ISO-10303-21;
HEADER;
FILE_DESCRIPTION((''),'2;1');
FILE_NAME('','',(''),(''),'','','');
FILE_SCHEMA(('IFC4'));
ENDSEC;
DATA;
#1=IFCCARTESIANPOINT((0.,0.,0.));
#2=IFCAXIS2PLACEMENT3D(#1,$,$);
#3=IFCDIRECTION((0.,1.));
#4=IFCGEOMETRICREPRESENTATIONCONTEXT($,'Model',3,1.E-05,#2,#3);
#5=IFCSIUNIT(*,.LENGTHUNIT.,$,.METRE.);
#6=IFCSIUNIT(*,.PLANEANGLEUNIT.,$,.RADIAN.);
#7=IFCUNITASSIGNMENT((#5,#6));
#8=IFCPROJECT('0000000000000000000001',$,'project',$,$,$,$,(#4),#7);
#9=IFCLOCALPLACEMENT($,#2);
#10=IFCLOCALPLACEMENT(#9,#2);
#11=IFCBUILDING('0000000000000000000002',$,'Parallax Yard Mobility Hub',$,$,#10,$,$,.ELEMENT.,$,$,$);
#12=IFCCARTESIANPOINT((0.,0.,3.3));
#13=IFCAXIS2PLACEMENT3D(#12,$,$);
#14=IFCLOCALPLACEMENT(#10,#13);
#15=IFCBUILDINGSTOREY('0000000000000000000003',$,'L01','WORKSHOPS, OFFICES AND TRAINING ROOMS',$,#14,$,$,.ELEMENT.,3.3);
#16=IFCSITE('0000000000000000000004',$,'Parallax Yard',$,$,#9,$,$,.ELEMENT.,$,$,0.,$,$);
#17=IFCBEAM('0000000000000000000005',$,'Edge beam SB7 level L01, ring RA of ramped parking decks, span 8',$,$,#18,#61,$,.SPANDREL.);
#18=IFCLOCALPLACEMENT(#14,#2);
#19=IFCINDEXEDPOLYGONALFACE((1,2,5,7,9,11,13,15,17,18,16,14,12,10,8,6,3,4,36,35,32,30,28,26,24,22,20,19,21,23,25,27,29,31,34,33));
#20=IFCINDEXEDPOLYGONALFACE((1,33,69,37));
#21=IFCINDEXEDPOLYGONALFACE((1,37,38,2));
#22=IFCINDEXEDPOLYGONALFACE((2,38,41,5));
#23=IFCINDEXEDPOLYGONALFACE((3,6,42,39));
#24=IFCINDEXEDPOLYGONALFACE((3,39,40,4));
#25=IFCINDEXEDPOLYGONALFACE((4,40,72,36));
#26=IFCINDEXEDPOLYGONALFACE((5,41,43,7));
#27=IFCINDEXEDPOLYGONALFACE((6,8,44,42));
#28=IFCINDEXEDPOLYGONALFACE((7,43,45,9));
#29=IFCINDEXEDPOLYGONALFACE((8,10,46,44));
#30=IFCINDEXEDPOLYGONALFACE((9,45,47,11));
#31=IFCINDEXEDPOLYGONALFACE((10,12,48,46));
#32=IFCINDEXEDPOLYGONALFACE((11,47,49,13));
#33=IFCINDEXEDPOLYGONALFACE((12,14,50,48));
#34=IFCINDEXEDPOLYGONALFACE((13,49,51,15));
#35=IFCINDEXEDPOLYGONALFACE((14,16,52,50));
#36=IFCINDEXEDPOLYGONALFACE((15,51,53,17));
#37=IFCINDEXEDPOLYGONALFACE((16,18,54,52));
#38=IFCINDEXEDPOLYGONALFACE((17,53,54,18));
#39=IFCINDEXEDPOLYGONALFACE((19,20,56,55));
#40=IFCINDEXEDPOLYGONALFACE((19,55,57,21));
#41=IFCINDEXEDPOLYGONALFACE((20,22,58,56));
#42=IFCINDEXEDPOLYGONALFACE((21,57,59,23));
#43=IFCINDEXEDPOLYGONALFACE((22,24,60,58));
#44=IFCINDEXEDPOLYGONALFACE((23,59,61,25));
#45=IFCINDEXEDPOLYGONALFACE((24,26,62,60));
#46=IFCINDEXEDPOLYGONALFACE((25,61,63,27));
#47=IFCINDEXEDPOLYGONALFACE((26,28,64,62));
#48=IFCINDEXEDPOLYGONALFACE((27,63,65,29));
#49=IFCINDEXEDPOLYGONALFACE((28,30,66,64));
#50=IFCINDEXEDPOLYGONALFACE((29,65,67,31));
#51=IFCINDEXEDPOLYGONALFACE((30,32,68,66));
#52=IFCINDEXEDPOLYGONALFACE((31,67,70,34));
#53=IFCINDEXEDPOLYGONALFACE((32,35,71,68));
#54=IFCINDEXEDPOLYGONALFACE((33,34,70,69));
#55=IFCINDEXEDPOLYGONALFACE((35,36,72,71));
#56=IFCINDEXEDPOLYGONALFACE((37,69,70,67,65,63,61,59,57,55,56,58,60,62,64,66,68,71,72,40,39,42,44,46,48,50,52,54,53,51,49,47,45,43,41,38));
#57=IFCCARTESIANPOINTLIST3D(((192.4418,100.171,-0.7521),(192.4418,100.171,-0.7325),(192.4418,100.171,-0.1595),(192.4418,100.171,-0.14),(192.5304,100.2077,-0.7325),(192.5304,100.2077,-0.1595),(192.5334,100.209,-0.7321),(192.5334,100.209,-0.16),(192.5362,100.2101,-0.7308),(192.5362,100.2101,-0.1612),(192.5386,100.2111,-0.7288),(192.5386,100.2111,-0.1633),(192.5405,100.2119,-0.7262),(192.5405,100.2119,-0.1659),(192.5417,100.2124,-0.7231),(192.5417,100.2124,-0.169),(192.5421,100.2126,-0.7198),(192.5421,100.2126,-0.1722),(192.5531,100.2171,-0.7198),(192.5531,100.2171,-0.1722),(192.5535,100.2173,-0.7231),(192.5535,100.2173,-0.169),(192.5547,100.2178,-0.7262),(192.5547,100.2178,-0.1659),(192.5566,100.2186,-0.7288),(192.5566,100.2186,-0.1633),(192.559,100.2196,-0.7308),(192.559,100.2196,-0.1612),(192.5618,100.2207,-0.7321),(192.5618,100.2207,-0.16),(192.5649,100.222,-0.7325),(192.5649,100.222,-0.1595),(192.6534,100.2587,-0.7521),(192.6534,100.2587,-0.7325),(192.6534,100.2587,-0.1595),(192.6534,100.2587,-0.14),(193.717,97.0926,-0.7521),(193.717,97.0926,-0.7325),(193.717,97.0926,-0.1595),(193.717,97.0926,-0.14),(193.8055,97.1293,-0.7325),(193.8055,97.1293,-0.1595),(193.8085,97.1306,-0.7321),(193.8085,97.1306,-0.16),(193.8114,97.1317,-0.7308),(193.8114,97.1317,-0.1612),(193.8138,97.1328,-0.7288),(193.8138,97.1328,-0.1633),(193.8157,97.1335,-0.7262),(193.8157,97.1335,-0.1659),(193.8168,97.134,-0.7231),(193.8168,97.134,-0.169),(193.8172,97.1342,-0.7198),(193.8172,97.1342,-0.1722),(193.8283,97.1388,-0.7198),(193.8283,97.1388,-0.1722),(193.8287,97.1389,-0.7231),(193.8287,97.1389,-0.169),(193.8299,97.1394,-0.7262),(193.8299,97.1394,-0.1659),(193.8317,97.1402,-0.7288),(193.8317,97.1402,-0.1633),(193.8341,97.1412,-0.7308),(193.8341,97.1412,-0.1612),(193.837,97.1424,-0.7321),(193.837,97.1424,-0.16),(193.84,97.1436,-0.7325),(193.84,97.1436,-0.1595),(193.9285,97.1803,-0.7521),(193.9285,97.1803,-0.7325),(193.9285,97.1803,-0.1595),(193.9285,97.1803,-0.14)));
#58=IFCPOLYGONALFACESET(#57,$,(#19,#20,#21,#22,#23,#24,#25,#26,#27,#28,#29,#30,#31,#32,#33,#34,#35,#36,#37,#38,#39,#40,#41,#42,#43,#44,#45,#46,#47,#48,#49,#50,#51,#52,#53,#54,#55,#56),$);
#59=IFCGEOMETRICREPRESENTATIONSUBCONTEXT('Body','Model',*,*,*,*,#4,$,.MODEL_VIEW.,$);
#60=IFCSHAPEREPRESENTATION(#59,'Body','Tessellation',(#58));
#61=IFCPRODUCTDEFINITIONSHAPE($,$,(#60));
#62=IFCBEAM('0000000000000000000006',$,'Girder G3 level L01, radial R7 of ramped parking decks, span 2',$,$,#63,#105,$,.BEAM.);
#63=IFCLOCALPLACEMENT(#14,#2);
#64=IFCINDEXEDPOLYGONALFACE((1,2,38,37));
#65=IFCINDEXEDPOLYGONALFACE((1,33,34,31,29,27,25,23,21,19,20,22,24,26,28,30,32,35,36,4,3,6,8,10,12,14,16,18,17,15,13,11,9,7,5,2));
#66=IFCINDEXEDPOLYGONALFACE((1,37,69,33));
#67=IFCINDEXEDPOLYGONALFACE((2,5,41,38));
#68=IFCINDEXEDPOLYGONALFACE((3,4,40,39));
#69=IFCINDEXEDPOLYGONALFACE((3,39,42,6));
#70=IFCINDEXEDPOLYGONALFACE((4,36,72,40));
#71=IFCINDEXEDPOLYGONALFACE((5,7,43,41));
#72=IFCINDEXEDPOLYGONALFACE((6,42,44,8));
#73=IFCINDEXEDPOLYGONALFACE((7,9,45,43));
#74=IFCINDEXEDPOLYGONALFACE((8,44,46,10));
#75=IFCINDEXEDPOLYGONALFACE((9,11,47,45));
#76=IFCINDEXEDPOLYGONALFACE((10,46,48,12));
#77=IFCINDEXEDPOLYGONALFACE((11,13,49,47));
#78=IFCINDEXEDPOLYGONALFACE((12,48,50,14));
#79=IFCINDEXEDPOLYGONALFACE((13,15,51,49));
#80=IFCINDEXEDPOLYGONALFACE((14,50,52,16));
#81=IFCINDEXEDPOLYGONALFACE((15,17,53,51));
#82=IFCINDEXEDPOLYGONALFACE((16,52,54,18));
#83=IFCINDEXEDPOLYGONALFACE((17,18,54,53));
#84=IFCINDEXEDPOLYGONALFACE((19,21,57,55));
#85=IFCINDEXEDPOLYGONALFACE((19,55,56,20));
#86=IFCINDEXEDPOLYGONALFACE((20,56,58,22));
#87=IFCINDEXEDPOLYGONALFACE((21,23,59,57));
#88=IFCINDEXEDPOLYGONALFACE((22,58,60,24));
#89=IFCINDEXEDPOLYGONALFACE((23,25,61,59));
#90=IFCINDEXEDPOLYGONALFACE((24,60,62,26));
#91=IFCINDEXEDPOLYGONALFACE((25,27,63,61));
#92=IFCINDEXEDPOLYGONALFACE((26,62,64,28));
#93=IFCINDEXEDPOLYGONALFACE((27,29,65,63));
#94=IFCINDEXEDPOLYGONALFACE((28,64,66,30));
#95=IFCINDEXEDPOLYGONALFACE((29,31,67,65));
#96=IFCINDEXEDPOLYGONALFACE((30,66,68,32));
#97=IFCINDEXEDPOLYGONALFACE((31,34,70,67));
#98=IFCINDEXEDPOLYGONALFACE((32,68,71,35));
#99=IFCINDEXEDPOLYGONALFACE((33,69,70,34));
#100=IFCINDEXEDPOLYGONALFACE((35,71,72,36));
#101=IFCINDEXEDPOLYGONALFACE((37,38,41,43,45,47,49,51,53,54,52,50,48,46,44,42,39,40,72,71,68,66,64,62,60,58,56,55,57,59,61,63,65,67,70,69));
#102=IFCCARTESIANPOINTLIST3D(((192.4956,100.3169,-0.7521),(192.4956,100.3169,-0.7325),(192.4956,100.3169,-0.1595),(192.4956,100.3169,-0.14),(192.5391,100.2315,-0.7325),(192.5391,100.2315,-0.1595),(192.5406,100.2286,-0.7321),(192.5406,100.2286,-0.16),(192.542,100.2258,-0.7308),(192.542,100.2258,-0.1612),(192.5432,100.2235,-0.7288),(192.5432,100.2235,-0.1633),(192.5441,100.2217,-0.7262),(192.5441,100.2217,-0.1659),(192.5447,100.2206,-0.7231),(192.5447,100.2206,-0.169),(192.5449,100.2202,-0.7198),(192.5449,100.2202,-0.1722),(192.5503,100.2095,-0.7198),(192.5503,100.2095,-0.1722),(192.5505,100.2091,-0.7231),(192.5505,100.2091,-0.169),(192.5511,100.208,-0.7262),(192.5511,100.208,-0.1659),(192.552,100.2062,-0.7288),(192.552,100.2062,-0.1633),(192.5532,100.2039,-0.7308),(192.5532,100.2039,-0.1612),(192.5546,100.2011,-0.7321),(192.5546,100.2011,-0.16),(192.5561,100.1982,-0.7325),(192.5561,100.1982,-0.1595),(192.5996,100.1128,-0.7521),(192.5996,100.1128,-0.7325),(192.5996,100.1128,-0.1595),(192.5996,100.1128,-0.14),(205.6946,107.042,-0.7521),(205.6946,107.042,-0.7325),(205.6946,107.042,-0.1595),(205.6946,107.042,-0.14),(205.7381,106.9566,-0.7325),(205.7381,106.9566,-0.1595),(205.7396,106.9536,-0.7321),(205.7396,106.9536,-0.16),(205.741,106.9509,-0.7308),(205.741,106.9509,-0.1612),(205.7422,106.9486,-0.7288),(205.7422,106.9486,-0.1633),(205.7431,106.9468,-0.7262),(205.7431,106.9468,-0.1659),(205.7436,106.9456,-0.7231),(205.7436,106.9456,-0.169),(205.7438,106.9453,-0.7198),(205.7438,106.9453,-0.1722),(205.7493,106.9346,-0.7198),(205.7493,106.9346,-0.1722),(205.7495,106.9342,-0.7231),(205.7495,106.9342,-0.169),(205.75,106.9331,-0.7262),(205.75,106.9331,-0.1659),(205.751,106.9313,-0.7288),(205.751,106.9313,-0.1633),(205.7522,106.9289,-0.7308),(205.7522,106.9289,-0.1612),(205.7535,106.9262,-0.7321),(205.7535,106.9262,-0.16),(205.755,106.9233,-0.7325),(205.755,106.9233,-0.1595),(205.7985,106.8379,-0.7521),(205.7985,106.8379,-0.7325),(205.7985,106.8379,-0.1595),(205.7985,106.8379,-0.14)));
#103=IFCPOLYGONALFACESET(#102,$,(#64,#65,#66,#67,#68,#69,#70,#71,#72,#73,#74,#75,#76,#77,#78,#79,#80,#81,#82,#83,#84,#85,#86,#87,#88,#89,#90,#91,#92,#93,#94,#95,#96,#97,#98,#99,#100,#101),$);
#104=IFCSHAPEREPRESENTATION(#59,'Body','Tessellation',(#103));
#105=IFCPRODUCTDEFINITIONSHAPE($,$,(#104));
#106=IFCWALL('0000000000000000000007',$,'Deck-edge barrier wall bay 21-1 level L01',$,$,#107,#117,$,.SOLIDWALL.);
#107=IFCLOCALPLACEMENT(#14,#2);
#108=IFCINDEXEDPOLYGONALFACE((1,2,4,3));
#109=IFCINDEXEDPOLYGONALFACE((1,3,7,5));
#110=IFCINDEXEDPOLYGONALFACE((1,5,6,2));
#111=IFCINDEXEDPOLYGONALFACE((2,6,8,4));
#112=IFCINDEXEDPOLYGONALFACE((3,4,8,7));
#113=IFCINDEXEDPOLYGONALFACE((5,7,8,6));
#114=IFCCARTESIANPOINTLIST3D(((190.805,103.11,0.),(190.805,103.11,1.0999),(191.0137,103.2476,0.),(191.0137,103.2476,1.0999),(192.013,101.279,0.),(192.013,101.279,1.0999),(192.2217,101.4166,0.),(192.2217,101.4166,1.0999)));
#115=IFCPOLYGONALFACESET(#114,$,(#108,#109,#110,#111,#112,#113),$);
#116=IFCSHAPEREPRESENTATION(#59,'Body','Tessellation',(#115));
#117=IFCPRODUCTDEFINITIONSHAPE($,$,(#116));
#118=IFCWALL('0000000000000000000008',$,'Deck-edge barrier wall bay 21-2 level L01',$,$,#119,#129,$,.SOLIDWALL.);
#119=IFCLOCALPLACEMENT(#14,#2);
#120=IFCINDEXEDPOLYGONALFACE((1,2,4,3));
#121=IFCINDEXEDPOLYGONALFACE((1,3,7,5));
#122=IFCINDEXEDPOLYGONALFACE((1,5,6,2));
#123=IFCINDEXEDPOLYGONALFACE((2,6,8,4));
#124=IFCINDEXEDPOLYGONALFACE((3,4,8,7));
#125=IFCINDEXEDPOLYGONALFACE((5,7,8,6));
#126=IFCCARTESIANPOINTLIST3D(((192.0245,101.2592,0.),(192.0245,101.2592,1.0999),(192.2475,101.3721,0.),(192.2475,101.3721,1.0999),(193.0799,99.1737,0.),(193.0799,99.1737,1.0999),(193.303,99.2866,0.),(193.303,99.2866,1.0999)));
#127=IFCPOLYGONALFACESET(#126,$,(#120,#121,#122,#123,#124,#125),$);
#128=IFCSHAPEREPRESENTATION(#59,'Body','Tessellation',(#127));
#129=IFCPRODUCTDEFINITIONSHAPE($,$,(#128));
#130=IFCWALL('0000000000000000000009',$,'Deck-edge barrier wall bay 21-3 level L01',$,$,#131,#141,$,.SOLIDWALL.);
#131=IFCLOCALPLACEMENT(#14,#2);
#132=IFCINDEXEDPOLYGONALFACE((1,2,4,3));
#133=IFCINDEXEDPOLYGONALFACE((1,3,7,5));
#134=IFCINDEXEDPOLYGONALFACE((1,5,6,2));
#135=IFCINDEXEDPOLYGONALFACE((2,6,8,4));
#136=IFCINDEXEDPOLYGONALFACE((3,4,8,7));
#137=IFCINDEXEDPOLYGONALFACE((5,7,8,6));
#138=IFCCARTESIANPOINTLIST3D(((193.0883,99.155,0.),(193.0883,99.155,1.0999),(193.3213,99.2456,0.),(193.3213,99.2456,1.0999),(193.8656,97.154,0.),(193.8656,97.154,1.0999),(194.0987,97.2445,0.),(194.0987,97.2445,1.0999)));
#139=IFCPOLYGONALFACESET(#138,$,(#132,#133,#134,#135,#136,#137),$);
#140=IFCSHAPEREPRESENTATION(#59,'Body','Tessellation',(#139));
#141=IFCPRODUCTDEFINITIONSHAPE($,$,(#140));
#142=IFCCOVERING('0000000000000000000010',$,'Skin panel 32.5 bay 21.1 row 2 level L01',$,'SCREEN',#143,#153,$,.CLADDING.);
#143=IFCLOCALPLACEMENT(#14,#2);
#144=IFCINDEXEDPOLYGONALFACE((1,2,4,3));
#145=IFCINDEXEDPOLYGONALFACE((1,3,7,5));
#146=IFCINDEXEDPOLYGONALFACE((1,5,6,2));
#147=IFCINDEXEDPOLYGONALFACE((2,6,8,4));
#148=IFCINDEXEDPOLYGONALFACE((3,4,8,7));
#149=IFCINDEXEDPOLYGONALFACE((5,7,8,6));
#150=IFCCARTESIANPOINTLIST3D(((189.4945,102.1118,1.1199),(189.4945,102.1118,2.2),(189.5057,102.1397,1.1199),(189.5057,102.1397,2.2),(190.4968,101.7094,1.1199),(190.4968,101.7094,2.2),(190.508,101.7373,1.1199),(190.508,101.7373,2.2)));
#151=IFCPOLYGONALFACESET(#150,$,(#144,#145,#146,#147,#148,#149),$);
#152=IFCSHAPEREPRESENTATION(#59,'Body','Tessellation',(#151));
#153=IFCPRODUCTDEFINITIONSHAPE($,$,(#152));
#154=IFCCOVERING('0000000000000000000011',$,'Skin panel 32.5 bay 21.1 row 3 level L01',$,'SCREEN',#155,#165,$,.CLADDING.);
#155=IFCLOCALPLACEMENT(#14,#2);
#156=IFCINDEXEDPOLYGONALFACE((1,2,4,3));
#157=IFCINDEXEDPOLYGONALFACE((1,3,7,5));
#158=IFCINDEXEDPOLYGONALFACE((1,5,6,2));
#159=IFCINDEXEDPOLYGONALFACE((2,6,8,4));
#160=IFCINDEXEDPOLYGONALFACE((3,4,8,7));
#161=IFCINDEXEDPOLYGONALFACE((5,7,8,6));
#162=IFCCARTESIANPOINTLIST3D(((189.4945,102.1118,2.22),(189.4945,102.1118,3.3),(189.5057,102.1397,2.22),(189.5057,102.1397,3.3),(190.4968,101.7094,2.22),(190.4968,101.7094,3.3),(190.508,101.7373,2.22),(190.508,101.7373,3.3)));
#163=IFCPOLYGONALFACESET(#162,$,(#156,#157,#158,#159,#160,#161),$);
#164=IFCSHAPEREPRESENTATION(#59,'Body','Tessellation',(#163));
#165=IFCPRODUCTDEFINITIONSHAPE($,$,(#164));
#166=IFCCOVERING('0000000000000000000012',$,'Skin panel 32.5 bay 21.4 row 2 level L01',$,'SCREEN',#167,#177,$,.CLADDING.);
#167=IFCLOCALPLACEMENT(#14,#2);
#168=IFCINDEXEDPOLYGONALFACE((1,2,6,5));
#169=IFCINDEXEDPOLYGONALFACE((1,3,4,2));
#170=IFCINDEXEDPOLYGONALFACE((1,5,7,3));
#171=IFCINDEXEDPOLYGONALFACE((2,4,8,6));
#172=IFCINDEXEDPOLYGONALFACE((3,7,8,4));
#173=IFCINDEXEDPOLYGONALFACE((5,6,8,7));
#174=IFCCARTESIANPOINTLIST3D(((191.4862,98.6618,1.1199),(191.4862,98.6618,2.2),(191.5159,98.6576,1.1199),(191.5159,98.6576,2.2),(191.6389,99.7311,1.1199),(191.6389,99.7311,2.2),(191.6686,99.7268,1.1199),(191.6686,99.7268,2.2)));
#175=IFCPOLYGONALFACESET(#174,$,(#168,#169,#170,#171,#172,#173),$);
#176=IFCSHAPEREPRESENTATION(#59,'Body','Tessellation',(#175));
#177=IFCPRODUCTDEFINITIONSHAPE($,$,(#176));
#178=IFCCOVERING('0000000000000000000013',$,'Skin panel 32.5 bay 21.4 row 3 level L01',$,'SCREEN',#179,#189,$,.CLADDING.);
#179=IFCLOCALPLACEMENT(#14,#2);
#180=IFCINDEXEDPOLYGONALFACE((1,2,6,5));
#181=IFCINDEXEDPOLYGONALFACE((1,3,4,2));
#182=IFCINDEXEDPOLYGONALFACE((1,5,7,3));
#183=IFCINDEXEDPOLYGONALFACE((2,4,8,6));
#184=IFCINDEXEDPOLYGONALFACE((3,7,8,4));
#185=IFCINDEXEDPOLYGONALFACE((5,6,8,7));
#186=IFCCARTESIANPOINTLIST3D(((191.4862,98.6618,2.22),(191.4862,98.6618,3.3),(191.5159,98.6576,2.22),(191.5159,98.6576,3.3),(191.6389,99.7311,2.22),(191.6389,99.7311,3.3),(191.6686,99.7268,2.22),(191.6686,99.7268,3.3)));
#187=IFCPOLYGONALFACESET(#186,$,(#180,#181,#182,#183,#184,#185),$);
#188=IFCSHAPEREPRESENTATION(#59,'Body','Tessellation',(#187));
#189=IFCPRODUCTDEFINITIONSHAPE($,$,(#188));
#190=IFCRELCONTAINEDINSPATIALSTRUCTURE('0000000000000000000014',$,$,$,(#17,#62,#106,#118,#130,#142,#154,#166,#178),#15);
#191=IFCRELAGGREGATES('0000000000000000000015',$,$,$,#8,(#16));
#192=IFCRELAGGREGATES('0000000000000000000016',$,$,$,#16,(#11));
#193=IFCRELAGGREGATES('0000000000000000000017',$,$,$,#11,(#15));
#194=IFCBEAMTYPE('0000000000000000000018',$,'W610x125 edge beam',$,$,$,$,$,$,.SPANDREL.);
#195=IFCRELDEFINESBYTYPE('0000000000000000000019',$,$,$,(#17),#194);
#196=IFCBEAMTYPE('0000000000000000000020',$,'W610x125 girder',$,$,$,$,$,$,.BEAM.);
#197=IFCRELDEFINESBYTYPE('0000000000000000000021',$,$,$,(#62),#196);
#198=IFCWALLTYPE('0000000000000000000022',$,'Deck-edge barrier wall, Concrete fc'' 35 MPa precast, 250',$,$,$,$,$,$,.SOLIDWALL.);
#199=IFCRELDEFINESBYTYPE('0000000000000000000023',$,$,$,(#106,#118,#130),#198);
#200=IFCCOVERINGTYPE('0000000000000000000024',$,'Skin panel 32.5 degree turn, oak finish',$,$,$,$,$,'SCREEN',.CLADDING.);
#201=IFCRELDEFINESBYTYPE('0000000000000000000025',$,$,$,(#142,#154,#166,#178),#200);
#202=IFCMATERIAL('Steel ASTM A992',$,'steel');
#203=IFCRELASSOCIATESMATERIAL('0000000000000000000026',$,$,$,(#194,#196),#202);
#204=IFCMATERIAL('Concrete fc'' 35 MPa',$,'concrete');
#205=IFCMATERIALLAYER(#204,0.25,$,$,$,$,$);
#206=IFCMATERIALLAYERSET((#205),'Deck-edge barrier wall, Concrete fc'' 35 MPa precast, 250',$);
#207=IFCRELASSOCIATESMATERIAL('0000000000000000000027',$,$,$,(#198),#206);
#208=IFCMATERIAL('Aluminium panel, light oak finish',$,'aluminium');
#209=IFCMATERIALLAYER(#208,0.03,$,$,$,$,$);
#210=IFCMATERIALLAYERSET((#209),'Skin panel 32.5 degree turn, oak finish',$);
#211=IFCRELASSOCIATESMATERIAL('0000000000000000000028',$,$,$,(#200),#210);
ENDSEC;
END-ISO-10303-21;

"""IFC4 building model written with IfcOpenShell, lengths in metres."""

from ifc_helpers import new_model, si_unit, direction, frame, frame_2d, origin, origin_2d, place, context, subcontext, project, spatial, rectangle, i_section, extrude, material, layer, layer_set, material_profile, profile_set, type_object, element, save


model = new_model("IFC4")

# Units and contexts
model_context = context("Model", 3, precision=1e-05, world=origin(), true_north=direction((0.0, 1.0)))
body_context = subcontext(model_context, "Body", "Model", "MODEL_VIEW")
ifc_project = project(units=[si_unit("LENGTHUNIT", "METRE"), si_unit("PLANEANGLEUNIT", "RADIAN")], contexts=[model_context])

# Site, building, storey
site_placement = place(None, origin())
site = spatial("IfcSite", under=ifc_project, at=site_placement, Name="Parallax Yard", CompositionType="ELEMENT", RefElevation=0.0)
building_placement = place(site_placement, origin())
building = spatial("IfcBuilding", under=site, at=building_placement, Name="Parallax Yard Mobility Hub", CompositionType="ELEMENT")
storey_placement = place(building_placement, frame((0.0, 0.0, 3.3)))
storey = spatial("IfcBuildingStorey", under=building, at=storey_placement, Name="L01", Description="WORKSHOPS, OFFICES AND TRAINING ROOMS", CompositionType="ELEMENT", Elevation=3.3)

# Beams
ifc_material_1 = material(Name="Steel ASTM A992", Category="steel")
ifc_material_profile_1 = material_profile(ifc_material_1, i_section(OverallWidth=0.229, OverallDepth=0.6121, WebThickness=0.012, FlangeThickness=0.0195, FilletRadius=0.0127, at=origin_2d()), Name="W610x125")
ifc_profile_set_1 = profile_set([ifc_material_profile_1], Name="Steel ASTM A992")
beam_type_1 = type_object("IfcBeamType", Name="W610x125 edge beam", PredefinedType="SPANDREL", material=ifc_profile_set_1)
beam_1_placement = place(storey_placement, frame((192.5476, 100.2148, -0.446), z_axis=(0.382695, -0.923875, 0.0), x_axis=(0.923875, 0.382695, 0.0)))
element("IfcBeam", 1, at=beam_1_placement, inside=storey, type_object=beam_type_1, Name="Edge beam SB7 level L01, ring RA of ramped parking decks, span 8", PredefinedType="SPANDREL", context=body_context, shape_type="SweptSolid", body=[
    extrude(i_section(OverallWidth=0.229, OverallDepth=0.6121, WebThickness=0.012, FlangeThickness=0.0195, FilletRadius=0.0127, at=origin_2d()), origin(), (0.0, 0.0, 1.0), 3.332),
])
ifc_material_profile_2 = material_profile(ifc_material_1, i_section(OverallWidth=0.229, OverallDepth=0.6121, WebThickness=0.012, FlangeThickness=0.0195, FilletRadius=0.0127, at=origin_2d()), Name="W610x125")
ifc_profile_set_2 = profile_set([ifc_material_profile_2], Name="Steel ASTM A992")
beam_type_2 = type_object("IfcBeamType", Name="W610x125 girder", PredefinedType="BEAM", material=ifc_profile_set_2)
beam_2_placement = place(storey_placement, frame((192.5476, 100.2148, -0.446), z_axis=(0.89101, 0.453984, 0.0), x_axis=(-0.453984, 0.89101, 0.0)))
element("IfcBeam", 2, at=beam_2_placement, inside=storey, type_object=beam_type_2, Name="Girder G3 level L01, radial R7 of ramped parking decks, span 2", PredefinedType="BEAM", context=body_context, shape_type="SweptSolid", body=[
    extrude(i_section(OverallWidth=0.229, OverallDepth=0.6121, WebThickness=0.012, FlangeThickness=0.0195, FilletRadius=0.0127, at=origin_2d()), origin(), (0.0, 0.0, 1.0), 14.8135),
])

# Walls
ifc_material_2 = material(Name="Concrete fc' 35 MPa", Category="concrete")
ifc_layer_1 = layer(ifc_material_2, 0.25)
ifc_layer_set_1 = layer_set([ifc_layer_1], Name="Deck-edge barrier wall, Concrete fc' 35 MPa precast, 250")
wall_type = type_object("IfcWallType", Name="Deck-edge barrier wall, Concrete fc' 35 MPa precast, 250", PredefinedType="SOLIDWALL", material=ifc_layer_set_1)
wall_1_placement = place(storey_placement, frame((190.9094, 103.1787, 0.0), z_axis=(0.0, 0.0, 1.0), x_axis=(0.550687, -0.834712, 0.0)))
element("IfcWall", 3, at=wall_1_placement, inside=storey, type_object=wall_type, Name="Deck-edge barrier wall bay 21-1 level L01", PredefinedType="SOLIDWALL", context=body_context, shape_type="SweptSolid", body=[
    extrude(rectangle(XDim=2.1936, YDim=0.25, at=frame_2d((1.0967, 0.0))), origin(), (0.0, 0.0, 1.0), 1.0999),
])
wall_2_placement = place(storey_placement, frame((192.136, 101.3157, 0.0), z_axis=(0.0, 0.0, 1.0), x_axis=(0.451554, -0.892244, 0.0)))
element("IfcWall", 4, at=wall_2_placement, inside=storey, type_object=wall_type, Name="Deck-edge barrier wall bay 21-2 level L01", PredefinedType="SOLIDWALL", context=body_context, shape_type="SweptSolid", body=[
    extrude(rectangle(XDim=2.3374, YDim=0.25, at=frame_2d((1.1687, 0.0))), origin(), (0.0, 0.0, 1.0), 1.0999),
])
wall_3_placement = place(storey_placement, frame((193.2048, 99.2002, 0.0), z_axis=(0.0, 0.0, 1.0), x_axis=(0.362117, -0.932133, 0.0)))
element("IfcWall", 5, at=wall_3_placement, inside=storey, type_object=wall_type, Name="Deck-edge barrier wall bay 21-3 level L01", PredefinedType="SOLIDWALL", context=body_context, shape_type="SweptSolid", body=[
    extrude(rectangle(XDim=2.1467, YDim=0.25, at=frame_2d((1.0732, 0.0))), origin(), (0.0, 0.0, 1.0), 1.0999),
])

# Coverings
ifc_material_3 = material(Name="Aluminium panel, light oak finish", Category="aluminium")
ifc_layer_2 = layer(ifc_material_3, 0.03)
ifc_layer_set_2 = layer_set([ifc_layer_2], Name="Skin panel 32.5 degree turn, oak finish")
covering_type_1 = type_object("IfcCoveringType", Name="Skin panel 32.5 degree turn, oak finish", ElementType="SCREEN", PredefinedType="CLADDING", material=ifc_layer_set_2)
for number, where, z_axis, x_axis, name in (
    (6, (190.0012, 101.9246, 1.1199), (0.0, 0.0, 1.0), (-0.927999, 0.372583, 0.0), "Skin panel 32.5 bay 21.1 row 2 level L01"),
    (7, (190.0012, 101.9246, 2.22), (0.0, 0.0, 1.0), (-0.927999, 0.372583, 0.0), "Skin panel 32.5 bay 21.1 row 3 level L01"),
    (8, (191.5774, 99.1943, 1.1199), (0.0, 0.0, 1.0), (-0.141333, -0.989962, 0.0), "Skin panel 32.5 bay 21.4 row 2 level L01"),
    (9, (191.5774, 99.1943, 2.22), (0.0, 0.0, 1.0), (-0.141333, -0.989962, 0.0), "Skin panel 32.5 bay 21.4 row 3 level L01"),
):
    element("IfcCovering", number, at=place(storey_placement, frame(where, z_axis=z_axis, x_axis=x_axis)), inside=storey, type_object=covering_type_1, Name=name, ObjectType="SCREEN", PredefinedType="CLADDING", context=body_context, shape_type="SweptSolid", body=[
        extrude(rectangle(XDim=1.0801, YDim=0.03, at=origin_2d()), origin(), (0.0, 0.0, 1.0), 1.0801),
    ])

save(model, "model.ifc")
